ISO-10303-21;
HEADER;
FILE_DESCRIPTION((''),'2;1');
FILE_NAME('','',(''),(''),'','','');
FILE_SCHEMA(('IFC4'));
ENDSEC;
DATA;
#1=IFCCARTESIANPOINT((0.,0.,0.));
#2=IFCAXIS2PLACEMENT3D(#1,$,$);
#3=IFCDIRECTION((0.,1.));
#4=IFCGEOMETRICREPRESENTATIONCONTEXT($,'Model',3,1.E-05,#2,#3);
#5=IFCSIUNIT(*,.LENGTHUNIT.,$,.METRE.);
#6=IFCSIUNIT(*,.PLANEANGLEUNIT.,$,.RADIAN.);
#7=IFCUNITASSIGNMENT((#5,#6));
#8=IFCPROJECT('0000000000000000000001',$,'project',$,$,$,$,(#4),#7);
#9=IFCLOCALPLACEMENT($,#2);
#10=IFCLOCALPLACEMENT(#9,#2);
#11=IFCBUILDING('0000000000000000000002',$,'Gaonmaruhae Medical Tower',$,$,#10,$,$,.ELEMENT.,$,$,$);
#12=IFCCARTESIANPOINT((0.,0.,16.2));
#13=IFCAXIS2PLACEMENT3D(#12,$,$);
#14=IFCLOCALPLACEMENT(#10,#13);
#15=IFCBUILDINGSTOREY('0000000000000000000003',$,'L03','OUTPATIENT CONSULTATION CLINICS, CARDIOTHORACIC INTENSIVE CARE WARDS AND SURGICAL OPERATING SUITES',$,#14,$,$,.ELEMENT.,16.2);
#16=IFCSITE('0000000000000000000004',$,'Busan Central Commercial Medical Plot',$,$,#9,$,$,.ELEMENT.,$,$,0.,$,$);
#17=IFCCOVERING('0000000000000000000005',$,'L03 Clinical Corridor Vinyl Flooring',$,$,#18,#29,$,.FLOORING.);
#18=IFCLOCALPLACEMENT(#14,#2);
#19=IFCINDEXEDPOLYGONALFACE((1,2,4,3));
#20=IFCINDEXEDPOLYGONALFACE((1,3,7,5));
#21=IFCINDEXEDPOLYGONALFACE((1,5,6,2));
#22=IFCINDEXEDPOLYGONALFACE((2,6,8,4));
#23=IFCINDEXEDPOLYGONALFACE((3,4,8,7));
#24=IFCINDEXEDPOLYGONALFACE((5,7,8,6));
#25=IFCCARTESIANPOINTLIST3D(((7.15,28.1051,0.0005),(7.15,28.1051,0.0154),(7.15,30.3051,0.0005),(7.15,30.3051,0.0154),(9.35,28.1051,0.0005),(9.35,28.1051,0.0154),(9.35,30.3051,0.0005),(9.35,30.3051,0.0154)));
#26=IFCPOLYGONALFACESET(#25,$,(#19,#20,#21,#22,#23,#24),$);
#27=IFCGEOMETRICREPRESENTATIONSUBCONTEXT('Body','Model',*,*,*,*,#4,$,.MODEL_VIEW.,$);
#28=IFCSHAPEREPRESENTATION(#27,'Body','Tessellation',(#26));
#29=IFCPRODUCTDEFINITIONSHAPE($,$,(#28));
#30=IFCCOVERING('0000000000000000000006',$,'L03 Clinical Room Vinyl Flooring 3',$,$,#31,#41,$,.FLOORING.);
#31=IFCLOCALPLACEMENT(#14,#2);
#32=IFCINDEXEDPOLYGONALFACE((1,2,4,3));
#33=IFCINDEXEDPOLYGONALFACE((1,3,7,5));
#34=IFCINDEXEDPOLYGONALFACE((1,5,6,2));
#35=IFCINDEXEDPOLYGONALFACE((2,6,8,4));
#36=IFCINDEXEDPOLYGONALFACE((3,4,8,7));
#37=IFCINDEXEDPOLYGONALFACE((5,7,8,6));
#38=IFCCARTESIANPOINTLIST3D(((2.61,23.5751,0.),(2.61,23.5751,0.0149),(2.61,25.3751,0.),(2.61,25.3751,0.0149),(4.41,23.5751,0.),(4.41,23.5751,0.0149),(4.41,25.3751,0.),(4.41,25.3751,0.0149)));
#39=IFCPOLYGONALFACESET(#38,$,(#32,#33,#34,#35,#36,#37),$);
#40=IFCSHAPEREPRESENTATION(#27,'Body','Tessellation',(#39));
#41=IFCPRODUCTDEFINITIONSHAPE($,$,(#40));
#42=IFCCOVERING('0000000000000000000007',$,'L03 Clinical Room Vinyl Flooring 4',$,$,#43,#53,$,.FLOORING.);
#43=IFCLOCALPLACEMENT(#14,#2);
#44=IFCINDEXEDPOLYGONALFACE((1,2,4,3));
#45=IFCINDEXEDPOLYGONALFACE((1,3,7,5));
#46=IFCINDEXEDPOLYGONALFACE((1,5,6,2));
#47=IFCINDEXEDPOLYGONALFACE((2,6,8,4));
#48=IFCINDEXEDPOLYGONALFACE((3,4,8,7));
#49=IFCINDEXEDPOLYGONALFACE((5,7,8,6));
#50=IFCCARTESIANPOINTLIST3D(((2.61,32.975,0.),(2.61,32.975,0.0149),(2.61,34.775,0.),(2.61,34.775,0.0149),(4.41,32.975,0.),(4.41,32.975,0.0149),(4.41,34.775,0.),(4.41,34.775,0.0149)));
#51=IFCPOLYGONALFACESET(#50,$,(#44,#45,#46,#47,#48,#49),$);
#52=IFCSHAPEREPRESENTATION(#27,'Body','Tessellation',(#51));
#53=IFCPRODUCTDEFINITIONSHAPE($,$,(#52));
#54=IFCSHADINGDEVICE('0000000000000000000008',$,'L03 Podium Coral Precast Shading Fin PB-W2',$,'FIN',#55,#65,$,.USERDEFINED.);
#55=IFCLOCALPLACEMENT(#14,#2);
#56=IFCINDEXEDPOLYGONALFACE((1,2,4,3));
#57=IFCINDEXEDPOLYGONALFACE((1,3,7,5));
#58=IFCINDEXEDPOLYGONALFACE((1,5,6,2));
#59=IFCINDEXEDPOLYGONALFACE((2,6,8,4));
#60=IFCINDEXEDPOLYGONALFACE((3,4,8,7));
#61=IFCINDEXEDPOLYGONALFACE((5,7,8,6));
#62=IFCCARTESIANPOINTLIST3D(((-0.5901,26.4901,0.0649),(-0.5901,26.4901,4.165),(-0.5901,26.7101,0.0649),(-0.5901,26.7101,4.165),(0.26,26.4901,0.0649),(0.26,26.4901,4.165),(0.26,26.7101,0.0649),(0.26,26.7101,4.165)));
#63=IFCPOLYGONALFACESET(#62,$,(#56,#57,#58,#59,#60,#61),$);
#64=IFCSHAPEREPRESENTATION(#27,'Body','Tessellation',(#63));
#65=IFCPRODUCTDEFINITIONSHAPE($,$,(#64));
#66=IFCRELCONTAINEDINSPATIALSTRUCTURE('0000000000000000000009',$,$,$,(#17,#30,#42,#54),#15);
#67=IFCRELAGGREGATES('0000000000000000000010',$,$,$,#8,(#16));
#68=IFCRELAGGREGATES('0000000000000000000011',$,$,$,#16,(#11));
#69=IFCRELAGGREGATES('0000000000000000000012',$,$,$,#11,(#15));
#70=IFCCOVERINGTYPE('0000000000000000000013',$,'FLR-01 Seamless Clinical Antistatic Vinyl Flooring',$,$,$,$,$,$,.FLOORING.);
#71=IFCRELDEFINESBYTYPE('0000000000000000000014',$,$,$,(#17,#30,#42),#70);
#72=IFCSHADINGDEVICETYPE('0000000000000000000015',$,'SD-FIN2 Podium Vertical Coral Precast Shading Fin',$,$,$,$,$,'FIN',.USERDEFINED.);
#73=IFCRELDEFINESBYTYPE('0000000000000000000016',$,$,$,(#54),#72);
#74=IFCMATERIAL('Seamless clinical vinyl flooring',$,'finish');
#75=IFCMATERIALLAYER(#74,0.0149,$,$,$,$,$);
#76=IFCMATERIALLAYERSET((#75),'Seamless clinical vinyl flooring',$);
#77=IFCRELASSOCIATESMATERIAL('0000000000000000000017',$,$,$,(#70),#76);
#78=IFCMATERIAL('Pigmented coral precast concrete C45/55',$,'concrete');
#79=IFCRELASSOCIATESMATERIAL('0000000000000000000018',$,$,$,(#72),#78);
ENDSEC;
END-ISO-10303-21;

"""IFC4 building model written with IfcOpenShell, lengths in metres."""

from ifc_helpers import new_model, si_unit, direction, frame, origin, origin_2d, place, context, subcontext, project, spatial, rectangle, extrude, material, layer, layer_set, type_object, element, save


model = new_model("IFC4")

# Units and contexts
model_context = context("Model", 3, precision=1e-05, world=origin(), true_north=direction((0.0, 1.0)))
body_context = subcontext(model_context, "Body", "Model", "MODEL_VIEW")
ifc_project = project(units=[si_unit("LENGTHUNIT", "METRE"), si_unit("PLANEANGLEUNIT", "RADIAN")], contexts=[model_context])

# Site, building, storey
site_placement = place(None, origin())
site = spatial("IfcSite", under=ifc_project, at=site_placement, Name="Busan Central Commercial Medical Plot", CompositionType="ELEMENT", RefElevation=0.0)
building_placement = place(site_placement, origin())
building = spatial("IfcBuilding", under=site, at=building_placement, Name="Gaonmaruhae Medical Tower", CompositionType="ELEMENT")
storey_placement = place(building_placement, frame((0.0, 0.0, 16.2)))
storey = spatial("IfcBuildingStorey", under=building, at=storey_placement, Name="L03", Description="OUTPATIENT CONSULTATION CLINICS, CARDIOTHORACIC INTENSIVE CARE WARDS AND SURGICAL OPERATING SUITES", CompositionType="ELEMENT", Elevation=16.2)

# Coverings
ifc_material_1 = material(Name="Seamless clinical vinyl flooring", Category="finish")
ifc_layer_1 = layer(ifc_material_1, 0.0149)
ifc_layer_set_1 = layer_set([ifc_layer_1], Name="Seamless clinical vinyl flooring")
covering_type_1 = type_object("IfcCoveringType", Name="FLR-01 Seamless Clinical Antistatic Vinyl Flooring", PredefinedType="FLOORING", material=ifc_layer_set_1)
covering_1_placement = place(storey_placement, frame((8.25, 29.2051, 0.0005), z_axis=(0.0, 0.0, 1.0), x_axis=(1.0, 0.0, 0.0)))
element("IfcCovering", 1, at=covering_1_placement, inside=storey, type_object=covering_type_1, Name="L03 Clinical Corridor Vinyl Flooring", PredefinedType="FLOORING", context=body_context, shape_type="SweptSolid", body=[
    extrude(rectangle(XDim=2.2, YDim=2.2, at=origin_2d()), origin(), (0.0, 0.0, 1.0), 0.0149),
])
for number, where, z_axis, x_axis, name in (
    (2, (3.51, 24.4751, 0.0), (0.0, 0.0, 1.0), (1.0, 0.0, 0.0), "L03 Clinical Room Vinyl Flooring 3"),
    (3, (3.51, 33.875, 0.0), (0.0, 0.0, 1.0), (1.0, 0.0, 0.0), "L03 Clinical Room Vinyl Flooring 4"),
):
    element("IfcCovering", number, at=place(storey_placement, frame(where, z_axis=z_axis, x_axis=x_axis)), inside=storey, type_object=covering_type_1, Name=name, PredefinedType="FLOORING", context=body_context, shape_type="SweptSolid", body=[
        extrude(rectangle(XDim=1.8, YDim=1.8, at=origin_2d()), origin(), (0.0, 0.0, 1.0), 0.0149),
    ])

# Shading device
ifc_material_2 = material(Name="Pigmented coral precast concrete C45/55", Category="concrete")
shading_device_type = type_object("IfcShadingDeviceType", Name="SD-FIN2 Podium Vertical Coral Precast Shading Fin", ElementType="FIN", PredefinedType="USERDEFINED", material=ifc_material_2)
shading_device_placement = place(storey_placement, frame((-0.165, 26.6001, 0.0649), z_axis=(0.0, 0.0, 1.0), x_axis=(0.0, 1.0, 0.0)))
element("IfcShadingDevice", 4, at=shading_device_placement, inside=storey, type_object=shading_device_type, Name="L03 Podium Coral Precast Shading Fin PB-W2", ObjectType="FIN", PredefinedType="USERDEFINED", context=body_context, shape_type="SweptSolid", body=[
    extrude(rectangle(XDim=0.22, YDim=0.8501, at=origin_2d()), origin(), (0.0, 0.0, 1.0), 4.1001),
])

save(model, "model.ifc")
